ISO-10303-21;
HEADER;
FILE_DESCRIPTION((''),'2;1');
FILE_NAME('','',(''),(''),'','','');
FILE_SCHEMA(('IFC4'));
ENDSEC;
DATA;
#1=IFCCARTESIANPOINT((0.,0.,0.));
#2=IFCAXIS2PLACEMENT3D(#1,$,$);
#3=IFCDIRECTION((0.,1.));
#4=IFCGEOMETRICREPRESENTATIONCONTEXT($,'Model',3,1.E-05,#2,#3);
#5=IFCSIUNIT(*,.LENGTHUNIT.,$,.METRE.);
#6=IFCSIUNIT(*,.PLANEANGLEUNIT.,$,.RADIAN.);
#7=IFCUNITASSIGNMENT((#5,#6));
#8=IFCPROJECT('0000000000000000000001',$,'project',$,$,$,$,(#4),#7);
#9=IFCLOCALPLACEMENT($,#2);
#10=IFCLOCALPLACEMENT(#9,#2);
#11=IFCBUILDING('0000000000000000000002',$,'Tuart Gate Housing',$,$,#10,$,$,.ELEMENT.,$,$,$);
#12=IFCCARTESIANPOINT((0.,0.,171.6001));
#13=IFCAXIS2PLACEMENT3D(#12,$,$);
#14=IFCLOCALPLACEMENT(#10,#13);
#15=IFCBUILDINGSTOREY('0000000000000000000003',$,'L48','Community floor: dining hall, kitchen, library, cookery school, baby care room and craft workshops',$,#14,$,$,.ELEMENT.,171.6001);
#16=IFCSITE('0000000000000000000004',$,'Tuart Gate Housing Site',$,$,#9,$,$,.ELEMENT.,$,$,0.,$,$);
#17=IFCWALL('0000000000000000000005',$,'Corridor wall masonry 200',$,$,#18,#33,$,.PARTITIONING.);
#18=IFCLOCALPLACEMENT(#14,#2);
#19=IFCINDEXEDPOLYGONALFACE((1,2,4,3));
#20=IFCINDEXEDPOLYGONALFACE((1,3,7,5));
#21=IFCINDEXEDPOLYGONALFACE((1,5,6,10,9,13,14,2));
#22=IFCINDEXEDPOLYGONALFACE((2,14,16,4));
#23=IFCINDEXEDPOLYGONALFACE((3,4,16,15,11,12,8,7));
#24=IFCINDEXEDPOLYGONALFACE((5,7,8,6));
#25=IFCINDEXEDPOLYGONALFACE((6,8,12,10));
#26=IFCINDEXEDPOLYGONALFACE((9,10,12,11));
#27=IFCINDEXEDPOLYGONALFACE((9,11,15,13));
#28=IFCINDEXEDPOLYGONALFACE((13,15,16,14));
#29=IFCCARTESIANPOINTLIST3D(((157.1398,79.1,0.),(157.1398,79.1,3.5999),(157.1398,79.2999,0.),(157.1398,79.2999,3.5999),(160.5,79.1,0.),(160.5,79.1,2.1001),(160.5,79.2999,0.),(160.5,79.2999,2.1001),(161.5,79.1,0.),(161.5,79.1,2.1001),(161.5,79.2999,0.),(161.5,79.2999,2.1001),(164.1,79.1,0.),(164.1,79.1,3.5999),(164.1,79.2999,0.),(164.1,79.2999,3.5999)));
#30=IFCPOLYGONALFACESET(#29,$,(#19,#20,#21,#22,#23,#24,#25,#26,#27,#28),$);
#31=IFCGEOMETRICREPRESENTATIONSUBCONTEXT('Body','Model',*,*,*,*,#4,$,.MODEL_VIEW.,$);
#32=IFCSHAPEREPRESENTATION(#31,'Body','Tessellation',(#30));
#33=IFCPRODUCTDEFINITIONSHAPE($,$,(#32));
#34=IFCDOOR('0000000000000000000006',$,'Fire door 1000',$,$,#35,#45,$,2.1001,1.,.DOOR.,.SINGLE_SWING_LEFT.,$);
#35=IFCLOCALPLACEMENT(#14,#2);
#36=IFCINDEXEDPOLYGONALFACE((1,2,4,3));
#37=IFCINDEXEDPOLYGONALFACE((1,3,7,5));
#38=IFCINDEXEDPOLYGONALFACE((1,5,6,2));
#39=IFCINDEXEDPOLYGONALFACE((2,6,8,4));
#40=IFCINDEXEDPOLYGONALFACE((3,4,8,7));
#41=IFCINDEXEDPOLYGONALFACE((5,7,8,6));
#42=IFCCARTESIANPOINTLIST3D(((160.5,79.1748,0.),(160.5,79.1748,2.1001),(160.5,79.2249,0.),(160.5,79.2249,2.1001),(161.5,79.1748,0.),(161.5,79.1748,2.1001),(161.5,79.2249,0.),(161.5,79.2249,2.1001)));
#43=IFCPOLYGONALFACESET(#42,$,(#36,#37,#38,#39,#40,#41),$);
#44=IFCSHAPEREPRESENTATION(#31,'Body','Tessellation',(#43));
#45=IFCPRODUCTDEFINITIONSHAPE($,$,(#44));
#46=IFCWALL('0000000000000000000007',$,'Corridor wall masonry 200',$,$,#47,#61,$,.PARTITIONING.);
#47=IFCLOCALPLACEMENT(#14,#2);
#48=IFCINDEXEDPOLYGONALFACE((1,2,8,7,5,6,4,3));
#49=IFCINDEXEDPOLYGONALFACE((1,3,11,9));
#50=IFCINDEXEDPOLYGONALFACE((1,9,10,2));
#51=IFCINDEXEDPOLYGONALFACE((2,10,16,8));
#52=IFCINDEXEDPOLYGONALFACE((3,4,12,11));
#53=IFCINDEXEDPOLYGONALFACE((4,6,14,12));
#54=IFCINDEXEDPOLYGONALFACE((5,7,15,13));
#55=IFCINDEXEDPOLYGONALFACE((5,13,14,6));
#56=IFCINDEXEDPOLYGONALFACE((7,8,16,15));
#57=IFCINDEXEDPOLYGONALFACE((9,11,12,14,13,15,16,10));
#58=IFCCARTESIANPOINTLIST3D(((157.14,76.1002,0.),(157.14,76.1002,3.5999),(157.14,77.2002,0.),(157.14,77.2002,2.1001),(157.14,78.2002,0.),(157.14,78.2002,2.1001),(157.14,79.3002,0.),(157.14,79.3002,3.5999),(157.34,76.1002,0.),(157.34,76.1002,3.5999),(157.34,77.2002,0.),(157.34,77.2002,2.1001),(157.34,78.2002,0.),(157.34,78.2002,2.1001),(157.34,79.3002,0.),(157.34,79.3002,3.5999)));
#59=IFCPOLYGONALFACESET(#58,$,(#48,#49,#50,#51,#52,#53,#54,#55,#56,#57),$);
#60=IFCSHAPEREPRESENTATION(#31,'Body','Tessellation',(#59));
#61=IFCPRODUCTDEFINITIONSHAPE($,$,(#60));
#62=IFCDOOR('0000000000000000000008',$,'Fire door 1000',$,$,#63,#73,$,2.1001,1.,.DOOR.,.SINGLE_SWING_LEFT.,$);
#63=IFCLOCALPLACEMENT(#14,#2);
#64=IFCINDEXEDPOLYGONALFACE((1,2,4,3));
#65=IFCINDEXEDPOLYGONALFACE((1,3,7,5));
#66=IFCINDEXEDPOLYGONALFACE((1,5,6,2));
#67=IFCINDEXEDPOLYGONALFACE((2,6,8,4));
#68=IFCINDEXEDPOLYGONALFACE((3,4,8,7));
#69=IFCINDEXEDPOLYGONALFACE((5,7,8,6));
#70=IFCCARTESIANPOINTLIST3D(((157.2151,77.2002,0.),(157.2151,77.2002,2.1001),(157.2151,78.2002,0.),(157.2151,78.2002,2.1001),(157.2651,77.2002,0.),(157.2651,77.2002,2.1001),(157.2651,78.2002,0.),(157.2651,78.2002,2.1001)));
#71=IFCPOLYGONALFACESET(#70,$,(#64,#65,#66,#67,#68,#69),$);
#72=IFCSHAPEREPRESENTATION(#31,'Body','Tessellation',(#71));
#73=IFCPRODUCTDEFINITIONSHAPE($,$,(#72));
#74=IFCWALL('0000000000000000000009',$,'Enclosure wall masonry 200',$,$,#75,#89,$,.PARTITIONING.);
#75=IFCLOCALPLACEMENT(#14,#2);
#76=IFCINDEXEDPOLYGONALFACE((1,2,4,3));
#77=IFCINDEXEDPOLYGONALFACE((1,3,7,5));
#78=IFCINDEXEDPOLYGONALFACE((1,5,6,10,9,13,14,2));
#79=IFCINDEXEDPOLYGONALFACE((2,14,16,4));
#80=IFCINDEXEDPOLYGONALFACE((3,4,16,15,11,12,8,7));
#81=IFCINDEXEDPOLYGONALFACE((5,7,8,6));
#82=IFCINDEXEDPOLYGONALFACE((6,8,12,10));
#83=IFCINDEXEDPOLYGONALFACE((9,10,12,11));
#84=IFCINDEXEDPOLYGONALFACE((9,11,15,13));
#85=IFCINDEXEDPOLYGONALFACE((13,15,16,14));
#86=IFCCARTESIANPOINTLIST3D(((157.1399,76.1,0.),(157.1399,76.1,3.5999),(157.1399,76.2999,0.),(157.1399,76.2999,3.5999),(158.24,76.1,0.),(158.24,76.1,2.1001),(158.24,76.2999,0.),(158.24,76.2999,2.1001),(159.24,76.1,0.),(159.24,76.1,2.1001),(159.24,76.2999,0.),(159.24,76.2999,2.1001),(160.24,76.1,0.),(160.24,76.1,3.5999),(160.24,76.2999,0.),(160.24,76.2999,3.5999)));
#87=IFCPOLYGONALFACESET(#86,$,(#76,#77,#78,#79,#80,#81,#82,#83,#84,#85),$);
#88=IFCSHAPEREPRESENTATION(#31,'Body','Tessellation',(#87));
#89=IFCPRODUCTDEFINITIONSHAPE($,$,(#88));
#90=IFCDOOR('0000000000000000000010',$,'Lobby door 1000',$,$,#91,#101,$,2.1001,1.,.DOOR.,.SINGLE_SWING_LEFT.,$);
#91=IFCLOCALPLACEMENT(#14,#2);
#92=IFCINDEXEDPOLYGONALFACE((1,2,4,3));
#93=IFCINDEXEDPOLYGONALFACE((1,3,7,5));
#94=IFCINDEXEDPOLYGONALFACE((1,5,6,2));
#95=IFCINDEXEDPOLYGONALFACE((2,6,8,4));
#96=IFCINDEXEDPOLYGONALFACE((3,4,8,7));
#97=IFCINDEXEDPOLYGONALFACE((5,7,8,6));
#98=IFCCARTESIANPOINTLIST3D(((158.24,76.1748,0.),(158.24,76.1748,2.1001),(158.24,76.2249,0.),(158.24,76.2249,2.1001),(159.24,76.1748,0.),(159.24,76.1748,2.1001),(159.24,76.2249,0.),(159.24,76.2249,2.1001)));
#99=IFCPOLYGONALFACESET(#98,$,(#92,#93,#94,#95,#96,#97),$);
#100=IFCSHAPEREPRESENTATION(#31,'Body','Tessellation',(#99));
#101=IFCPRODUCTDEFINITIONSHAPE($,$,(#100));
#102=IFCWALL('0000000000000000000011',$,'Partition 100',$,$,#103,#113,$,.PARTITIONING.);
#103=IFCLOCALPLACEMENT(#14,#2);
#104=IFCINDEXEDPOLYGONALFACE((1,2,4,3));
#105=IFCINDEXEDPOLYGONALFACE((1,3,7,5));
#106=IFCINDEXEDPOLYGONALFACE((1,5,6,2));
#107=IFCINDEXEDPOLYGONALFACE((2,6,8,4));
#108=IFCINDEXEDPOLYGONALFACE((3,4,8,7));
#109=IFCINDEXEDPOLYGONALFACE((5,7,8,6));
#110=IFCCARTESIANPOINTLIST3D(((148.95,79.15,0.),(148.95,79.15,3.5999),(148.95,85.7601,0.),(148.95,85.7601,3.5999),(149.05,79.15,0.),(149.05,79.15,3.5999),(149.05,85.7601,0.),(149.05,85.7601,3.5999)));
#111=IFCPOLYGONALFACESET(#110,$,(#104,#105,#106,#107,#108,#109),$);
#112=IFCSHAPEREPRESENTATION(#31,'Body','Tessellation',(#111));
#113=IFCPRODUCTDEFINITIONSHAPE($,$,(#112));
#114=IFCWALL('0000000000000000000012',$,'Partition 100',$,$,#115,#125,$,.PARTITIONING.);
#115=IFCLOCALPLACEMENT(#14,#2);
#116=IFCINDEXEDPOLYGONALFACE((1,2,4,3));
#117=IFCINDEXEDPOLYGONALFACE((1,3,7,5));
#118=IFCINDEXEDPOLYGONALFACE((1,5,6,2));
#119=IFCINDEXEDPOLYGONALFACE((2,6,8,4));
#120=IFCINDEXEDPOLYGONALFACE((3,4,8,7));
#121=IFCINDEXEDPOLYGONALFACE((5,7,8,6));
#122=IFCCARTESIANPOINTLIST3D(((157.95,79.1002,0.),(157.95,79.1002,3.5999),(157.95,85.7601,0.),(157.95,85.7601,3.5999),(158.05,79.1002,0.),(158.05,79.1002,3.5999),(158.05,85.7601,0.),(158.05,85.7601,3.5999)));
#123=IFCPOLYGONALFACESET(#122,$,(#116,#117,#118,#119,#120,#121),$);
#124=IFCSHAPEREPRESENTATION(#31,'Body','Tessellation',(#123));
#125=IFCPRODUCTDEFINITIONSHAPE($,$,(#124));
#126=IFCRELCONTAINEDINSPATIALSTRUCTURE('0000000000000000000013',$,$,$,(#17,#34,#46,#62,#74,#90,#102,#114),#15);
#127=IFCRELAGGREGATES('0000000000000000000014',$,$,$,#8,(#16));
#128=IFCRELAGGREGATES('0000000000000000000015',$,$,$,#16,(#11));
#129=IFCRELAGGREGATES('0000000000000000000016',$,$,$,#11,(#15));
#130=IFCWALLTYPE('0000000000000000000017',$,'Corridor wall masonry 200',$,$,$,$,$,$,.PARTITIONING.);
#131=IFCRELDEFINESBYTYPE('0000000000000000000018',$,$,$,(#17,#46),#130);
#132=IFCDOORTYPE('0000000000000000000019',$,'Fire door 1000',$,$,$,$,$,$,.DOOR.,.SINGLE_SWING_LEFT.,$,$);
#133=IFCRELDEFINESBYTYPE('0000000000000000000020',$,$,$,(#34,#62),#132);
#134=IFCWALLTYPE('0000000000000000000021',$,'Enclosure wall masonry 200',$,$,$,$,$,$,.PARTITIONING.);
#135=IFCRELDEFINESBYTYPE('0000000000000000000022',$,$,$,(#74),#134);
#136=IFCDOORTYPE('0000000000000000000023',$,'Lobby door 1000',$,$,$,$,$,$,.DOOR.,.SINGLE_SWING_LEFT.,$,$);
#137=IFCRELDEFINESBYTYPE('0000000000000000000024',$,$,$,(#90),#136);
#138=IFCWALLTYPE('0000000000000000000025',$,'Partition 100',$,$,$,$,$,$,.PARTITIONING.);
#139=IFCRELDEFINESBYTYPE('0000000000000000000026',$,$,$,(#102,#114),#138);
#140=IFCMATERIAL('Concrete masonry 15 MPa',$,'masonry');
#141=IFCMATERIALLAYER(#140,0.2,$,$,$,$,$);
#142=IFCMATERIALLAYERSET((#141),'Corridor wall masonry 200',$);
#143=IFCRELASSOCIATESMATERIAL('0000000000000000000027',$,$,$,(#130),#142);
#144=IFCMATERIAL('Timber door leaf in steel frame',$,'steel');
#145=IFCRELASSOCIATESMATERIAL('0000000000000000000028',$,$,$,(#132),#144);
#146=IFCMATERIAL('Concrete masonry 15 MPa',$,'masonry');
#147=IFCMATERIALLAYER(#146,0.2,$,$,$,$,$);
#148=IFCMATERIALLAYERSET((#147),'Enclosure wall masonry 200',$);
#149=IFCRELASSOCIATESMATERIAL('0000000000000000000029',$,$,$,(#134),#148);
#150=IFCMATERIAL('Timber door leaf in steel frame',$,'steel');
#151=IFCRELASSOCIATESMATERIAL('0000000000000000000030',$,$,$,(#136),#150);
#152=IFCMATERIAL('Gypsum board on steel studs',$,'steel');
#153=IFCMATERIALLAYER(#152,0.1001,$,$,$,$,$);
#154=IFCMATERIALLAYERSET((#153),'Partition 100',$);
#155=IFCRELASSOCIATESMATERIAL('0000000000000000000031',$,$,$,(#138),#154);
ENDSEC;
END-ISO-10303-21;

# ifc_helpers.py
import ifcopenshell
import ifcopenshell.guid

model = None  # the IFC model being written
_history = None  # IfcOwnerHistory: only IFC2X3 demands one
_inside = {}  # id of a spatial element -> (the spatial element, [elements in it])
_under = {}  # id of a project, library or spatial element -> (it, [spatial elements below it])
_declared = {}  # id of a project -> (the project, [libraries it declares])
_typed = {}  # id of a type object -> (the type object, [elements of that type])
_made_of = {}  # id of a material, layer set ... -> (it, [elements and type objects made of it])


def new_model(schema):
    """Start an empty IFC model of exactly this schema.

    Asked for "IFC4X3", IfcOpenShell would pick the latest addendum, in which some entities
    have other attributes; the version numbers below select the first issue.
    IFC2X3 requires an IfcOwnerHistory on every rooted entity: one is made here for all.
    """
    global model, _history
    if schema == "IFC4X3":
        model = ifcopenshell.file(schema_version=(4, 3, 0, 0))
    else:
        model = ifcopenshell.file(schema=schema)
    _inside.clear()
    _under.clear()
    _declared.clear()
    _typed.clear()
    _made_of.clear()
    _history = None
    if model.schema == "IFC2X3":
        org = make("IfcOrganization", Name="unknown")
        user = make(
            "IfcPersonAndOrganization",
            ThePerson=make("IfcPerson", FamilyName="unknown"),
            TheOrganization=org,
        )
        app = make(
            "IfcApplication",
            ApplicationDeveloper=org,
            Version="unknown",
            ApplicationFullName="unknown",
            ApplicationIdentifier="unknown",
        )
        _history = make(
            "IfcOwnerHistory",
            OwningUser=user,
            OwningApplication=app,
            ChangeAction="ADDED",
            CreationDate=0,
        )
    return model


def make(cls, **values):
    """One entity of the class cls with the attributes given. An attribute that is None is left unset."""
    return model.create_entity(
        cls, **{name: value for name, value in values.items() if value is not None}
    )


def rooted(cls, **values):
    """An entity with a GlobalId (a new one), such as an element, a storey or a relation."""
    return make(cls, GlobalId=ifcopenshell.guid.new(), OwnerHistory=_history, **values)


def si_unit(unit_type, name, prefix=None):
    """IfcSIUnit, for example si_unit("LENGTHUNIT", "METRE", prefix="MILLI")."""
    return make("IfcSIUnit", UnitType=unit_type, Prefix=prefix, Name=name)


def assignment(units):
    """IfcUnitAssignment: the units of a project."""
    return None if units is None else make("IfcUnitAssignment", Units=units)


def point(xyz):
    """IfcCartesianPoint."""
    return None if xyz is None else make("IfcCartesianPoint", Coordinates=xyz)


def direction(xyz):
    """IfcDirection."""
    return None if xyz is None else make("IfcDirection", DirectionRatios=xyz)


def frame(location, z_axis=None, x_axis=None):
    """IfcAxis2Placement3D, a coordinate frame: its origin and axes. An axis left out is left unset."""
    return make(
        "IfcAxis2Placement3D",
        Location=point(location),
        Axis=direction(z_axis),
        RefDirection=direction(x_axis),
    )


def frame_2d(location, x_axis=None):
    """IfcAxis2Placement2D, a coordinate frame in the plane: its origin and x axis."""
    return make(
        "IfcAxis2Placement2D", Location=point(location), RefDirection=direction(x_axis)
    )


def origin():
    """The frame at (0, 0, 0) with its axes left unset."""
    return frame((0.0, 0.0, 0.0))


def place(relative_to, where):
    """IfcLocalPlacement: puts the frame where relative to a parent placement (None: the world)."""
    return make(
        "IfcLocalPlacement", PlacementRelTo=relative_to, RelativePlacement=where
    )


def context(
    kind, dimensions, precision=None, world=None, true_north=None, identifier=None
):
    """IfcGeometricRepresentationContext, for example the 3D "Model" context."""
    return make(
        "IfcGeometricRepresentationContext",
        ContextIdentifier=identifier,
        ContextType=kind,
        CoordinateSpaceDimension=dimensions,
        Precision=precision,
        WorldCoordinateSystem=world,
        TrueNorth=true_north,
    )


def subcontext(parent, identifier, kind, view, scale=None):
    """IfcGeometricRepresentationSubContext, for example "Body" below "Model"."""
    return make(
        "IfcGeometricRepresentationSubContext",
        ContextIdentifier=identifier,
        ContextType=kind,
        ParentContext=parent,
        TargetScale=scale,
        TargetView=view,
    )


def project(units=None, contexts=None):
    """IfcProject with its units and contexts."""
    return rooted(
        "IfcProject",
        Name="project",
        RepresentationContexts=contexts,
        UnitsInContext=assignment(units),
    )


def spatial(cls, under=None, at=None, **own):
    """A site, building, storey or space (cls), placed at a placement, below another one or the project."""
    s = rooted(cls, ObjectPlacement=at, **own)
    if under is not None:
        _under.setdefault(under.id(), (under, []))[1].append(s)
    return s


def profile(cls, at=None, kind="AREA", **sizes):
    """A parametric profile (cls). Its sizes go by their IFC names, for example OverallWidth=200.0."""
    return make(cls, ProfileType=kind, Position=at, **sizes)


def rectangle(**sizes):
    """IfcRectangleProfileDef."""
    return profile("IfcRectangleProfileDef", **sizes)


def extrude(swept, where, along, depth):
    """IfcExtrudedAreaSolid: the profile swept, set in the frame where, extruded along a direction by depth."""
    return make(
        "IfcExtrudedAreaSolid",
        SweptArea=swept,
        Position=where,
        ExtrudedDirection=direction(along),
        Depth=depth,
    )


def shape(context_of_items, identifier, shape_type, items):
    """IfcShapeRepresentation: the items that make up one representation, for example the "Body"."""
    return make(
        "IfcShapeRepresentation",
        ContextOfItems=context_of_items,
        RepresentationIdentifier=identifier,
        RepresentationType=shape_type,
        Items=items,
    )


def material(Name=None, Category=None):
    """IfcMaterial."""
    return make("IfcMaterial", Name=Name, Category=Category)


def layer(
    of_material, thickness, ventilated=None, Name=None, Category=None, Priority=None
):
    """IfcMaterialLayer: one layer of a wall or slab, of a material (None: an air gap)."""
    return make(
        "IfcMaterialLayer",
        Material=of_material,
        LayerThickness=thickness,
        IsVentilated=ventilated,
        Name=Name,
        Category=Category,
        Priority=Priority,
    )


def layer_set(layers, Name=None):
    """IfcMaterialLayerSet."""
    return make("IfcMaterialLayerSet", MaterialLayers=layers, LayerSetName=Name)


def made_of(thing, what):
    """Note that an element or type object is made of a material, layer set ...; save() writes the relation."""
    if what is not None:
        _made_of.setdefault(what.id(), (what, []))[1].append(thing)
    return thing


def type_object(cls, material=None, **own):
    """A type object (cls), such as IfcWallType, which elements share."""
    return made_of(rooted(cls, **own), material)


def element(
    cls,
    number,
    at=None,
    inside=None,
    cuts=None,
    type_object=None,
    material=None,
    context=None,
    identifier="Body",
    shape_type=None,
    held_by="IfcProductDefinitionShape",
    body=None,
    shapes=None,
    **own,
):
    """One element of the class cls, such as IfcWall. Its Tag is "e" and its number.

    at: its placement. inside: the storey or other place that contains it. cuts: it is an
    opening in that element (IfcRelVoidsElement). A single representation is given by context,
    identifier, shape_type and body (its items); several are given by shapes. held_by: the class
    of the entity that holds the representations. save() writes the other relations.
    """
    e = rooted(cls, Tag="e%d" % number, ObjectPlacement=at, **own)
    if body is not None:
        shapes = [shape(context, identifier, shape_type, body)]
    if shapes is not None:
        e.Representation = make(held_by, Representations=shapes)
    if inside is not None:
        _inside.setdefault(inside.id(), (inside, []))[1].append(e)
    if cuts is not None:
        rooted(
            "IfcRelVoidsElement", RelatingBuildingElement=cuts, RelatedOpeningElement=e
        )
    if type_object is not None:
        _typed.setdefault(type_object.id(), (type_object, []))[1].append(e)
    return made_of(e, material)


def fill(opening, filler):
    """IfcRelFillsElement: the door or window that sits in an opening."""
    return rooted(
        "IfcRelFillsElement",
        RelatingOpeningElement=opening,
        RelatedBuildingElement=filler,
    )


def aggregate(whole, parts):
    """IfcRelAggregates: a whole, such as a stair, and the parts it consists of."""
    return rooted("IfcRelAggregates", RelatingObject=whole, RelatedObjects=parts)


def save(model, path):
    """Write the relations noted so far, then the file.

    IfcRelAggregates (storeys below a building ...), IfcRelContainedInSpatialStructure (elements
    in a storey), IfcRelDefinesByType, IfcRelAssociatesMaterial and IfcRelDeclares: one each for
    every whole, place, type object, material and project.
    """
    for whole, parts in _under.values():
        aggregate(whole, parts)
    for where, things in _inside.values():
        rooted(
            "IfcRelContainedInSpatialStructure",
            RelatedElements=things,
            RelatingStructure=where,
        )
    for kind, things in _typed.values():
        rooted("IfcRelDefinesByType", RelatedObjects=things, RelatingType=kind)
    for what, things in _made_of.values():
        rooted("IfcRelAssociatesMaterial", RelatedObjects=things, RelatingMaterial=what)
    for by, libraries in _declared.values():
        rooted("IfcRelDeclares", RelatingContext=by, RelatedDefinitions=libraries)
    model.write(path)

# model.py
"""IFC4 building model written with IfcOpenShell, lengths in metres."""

from ifc_helpers import new_model, si_unit, direction, frame, frame_2d, origin, place, context, subcontext, project, spatial, rectangle, extrude, material, layer, layer_set, type_object, element, fill, save


model = new_model("IFC4")

# Units and contexts
model_context = context("Model", 3, precision=1e-05, world=origin(), true_north=direction((0.0, 1.0)))
body_context = subcontext(model_context, "Body", "Model", "MODEL_VIEW")
ifc_project = project(units=[si_unit("LENGTHUNIT", "METRE"), si_unit("PLANEANGLEUNIT", "RADIAN")], contexts=[model_context])

# Site, building, storey
site_placement = place(None, origin())
site = spatial("IfcSite", under=ifc_project, at=site_placement, Name="Tuart Gate Housing Site", CompositionType="ELEMENT", RefElevation=0.0)
building_placement = place(site_placement, origin())
building = spatial("IfcBuilding", under=site, at=building_placement, Name="Tuart Gate Housing", CompositionType="ELEMENT")
storey_placement = place(building_placement, frame((0.0, 0.0, 171.6001)))
storey = spatial("IfcBuildingStorey", under=building, at=storey_placement, Name="L48", Description="Community floor: dining hall, kitchen, library, cookery school, baby care room and craft workshops", CompositionType="ELEMENT", Elevation=171.6001)

# Walls, openings, doors
ifc_material_1 = material(Name="Concrete masonry 15 MPa", Category="masonry")
ifc_layer_1 = layer(ifc_material_1, 0.2)
ifc_layer_set_1 = layer_set([ifc_layer_1], Name="Corridor wall masonry 200")
wall_type_1 = type_object("IfcWallType", Name="Corridor wall masonry 200", PredefinedType="PARTITIONING", material=ifc_layer_set_1)
wall_1_placement = place(storey_placement, frame((157.1399, 79.2, 0.0), z_axis=(0.0, 0.0, 1.0), x_axis=(1.0, 0.0, 0.0)))
wall_1 = element("IfcWall", 1, at=wall_1_placement, inside=storey, type_object=wall_type_1, Name="Corridor wall masonry 200", PredefinedType="PARTITIONING", context=body_context, shape_type="SweptSolid", body=[
    extrude(rectangle(XDim=6.9602, YDim=0.2, at=frame_2d((3.48, 0.0))), origin(), (0.0, 0.0, 1.0), 3.5999),
])
opening_1_placement = place(wall_1_placement, frame((3.3601, 0.0, 0.0)))
opening_1 = element("IfcOpeningElement", 2, at=opening_1_placement, cuts=wall_1, PredefinedType="OPENING", context=body_context, shape_type="SweptSolid", body=[
    extrude(rectangle(XDim=1.0, YDim=2.1001, at=frame_2d((0.5, 1.05))), frame((0.0, 0.1099, 0.0), z_axis=(0.0, -1.0, 0.0), x_axis=(1.0, 0.0, 0.0)), (0.0, 0.0, 1.0), 0.22),
])
ifc_material_2 = material(Name="Timber door leaf in steel frame", Category="steel")
door_type_1 = type_object("IfcDoorType", Name="Fire door 1000", OperationType="SINGLE_SWING_LEFT", PredefinedType="DOOR", material=ifc_material_2)
door_1_placement = place(opening_1_placement, origin())
door_1 = element("IfcDoor", 3, at=door_1_placement, inside=storey, type_object=door_type_1, Name="Fire door 1000", OperationType="SINGLE_SWING_LEFT", OverallHeight=2.1001, OverallWidth=1.0, PredefinedType="DOOR", context=body_context, shape_type="SweptSolid", body=[
    extrude(rectangle(XDim=1.0, YDim=2.1001, at=frame_2d((0.5, 1.05))), frame((0.0, 0.0249, 0.0), z_axis=(0.0, -1.0, 0.0), x_axis=(1.0, 0.0, 0.0)), (0.0, 0.0, 1.0), 0.05),
])
fill(opening_1, door_1)
wall_2_placement = place(storey_placement, frame((157.24, 76.1001, 0.0), z_axis=(0.0, 0.0, 1.0), x_axis=(0.0, 1.0, 0.0)))
wall_2 = element("IfcWall", 4, at=wall_2_placement, inside=storey, type_object=wall_type_1, Name="Corridor wall masonry 200", PredefinedType="PARTITIONING", context=body_context, shape_type="SweptSolid", body=[
    extrude(rectangle(XDim=3.2, YDim=0.2, at=frame_2d((1.6001, 0.0))), origin(), (0.0, 0.0, 1.0), 3.5999),
])
opening_2_placement = place(wall_2_placement, frame((1.1001, 0.0, 0.0)))
opening_2 = element("IfcOpeningElement", 5, at=opening_2_placement, cuts=wall_2, PredefinedType="OPENING", context=body_context, shape_type="SweptSolid", body=[
    extrude(rectangle(XDim=1.0, YDim=2.1001, at=frame_2d((0.5, 1.05))), frame((0.0, 0.1099, 0.0), z_axis=(0.0, -1.0, 0.0), x_axis=(1.0, 0.0, 0.0)), (0.0, 0.0, 1.0), 0.22),
])
door_2_placement = place(opening_2_placement, origin())
door_2 = element("IfcDoor", 6, at=door_2_placement, inside=storey, type_object=door_type_1, Name="Fire door 1000", OperationType="SINGLE_SWING_LEFT", OverallHeight=2.1001, OverallWidth=1.0, PredefinedType="DOOR", context=body_context, shape_type="SweptSolid", body=[
    extrude(rectangle(XDim=1.0, YDim=2.1001, at=frame_2d((0.5, 1.05))), frame((0.0, 0.0249, 0.0), z_axis=(0.0, -1.0, 0.0), x_axis=(1.0, 0.0, 0.0)), (0.0, 0.0, 1.0), 0.05),
])
fill(opening_2, door_2)
ifc_material_3 = material(Name="Concrete masonry 15 MPa", Category="masonry")
ifc_layer_2 = layer(ifc_material_3, 0.2)
ifc_layer_set_2 = layer_set([ifc_layer_2], Name="Enclosure wall masonry 200")
wall_type_2 = type_object("IfcWallType", Name="Enclosure wall masonry 200", PredefinedType="PARTITIONING", material=ifc_layer_set_2)
wall_3_placement = place(storey_placement, frame((157.1399, 76.2, 0.0), z_axis=(0.0, 0.0, 1.0), x_axis=(1.0, 0.0, 0.0)))
wall_3 = element("IfcWall", 7, at=wall_3_placement, inside=storey, type_object=wall_type_2, Name="Enclosure wall masonry 200", PredefinedType="PARTITIONING", context=body_context, shape_type="SweptSolid", body=[
    extrude(rectangle(XDim=3.1001, YDim=0.2, at=frame_2d((1.55, 0.0))), origin(), (0.0, 0.0, 1.0), 3.5999),
])
opening_3_placement = place(wall_3_placement, frame((1.1001, 0.0, 0.0)))
opening_3 = element("IfcOpeningElement", 8, at=opening_3_placement, cuts=wall_3, PredefinedType="OPENING", context=body_context, shape_type="SweptSolid", body=[
    extrude(rectangle(XDim=1.0, YDim=2.1001, at=frame_2d((0.5, 1.05))), frame((0.0, 0.1099, 0.0), z_axis=(0.0, -1.0, 0.0), x_axis=(1.0, 0.0, 0.0)), (0.0, 0.0, 1.0), 0.22),
])
ifc_material_4 = material(Name="Timber door leaf in steel frame", Category="steel")
door_type_2 = type_object("IfcDoorType", Name="Lobby door 1000", OperationType="SINGLE_SWING_LEFT", PredefinedType="DOOR", material=ifc_material_4)
door_3_placement = place(opening_3_placement, origin())
door_3 = element("IfcDoor", 9, at=door_3_placement, inside=storey, type_object=door_type_2, Name="Lobby door 1000", OperationType="SINGLE_SWING_LEFT", OverallHeight=2.1001, OverallWidth=1.0, PredefinedType="DOOR", context=body_context, shape_type="SweptSolid", body=[
    extrude(rectangle(XDim=1.0, YDim=2.1001, at=frame_2d((0.5, 1.05))), frame((0.0, 0.0249, 0.0), z_axis=(0.0, -1.0, 0.0), x_axis=(1.0, 0.0, 0.0)), (0.0, 0.0, 1.0), 0.05),
])
fill(opening_3, door_3)

# Walls
ifc_material_5 = material(Name="Gypsum board on steel studs", Category="steel")
ifc_layer_3 = layer(ifc_material_5, 0.1001)
ifc_layer_set_3 = layer_set([ifc_layer_3], Name="Partition 100")
wall_type_3 = type_object("IfcWallType", Name="Partition 100", PredefinedType="PARTITIONING", material=ifc_layer_set_3)
wall_4_placement = place(storey_placement, frame((149.0, 79.1499, 0.0), z_axis=(0.0, 0.0, 1.0), x_axis=(0.0, 1.0, 0.0)))
element("IfcWall", 10, at=wall_4_placement, inside=storey, type_object=wall_type_3, Name="Partition 100", PredefinedType="PARTITIONING", context=body_context, shape_type="SweptSolid", body=[
    extrude(rectangle(XDim=6.6101, YDim=0.1001, at=frame_2d((3.3052, 0.0))), origin(), (0.0, 0.0, 1.0), 3.5999),
])
wall_5_placement = place(storey_placement, frame((158.0, 79.1001, 0.0), z_axis=(0.0, 0.0, 1.0), x_axis=(0.0, 1.0, 0.0)))
element("IfcWall", 11, at=wall_5_placement, inside=storey, type_object=wall_type_3, Name="Partition 100", PredefinedType="PARTITIONING", context=body_context, shape_type="SweptSolid", body=[
    extrude(rectangle(XDim=6.6599, YDim=0.1001, at=frame_2d((3.3301, 0.0))), origin(), (0.0, 0.0, 1.0), 3.5999),
])

save(model, "model.ifc")
